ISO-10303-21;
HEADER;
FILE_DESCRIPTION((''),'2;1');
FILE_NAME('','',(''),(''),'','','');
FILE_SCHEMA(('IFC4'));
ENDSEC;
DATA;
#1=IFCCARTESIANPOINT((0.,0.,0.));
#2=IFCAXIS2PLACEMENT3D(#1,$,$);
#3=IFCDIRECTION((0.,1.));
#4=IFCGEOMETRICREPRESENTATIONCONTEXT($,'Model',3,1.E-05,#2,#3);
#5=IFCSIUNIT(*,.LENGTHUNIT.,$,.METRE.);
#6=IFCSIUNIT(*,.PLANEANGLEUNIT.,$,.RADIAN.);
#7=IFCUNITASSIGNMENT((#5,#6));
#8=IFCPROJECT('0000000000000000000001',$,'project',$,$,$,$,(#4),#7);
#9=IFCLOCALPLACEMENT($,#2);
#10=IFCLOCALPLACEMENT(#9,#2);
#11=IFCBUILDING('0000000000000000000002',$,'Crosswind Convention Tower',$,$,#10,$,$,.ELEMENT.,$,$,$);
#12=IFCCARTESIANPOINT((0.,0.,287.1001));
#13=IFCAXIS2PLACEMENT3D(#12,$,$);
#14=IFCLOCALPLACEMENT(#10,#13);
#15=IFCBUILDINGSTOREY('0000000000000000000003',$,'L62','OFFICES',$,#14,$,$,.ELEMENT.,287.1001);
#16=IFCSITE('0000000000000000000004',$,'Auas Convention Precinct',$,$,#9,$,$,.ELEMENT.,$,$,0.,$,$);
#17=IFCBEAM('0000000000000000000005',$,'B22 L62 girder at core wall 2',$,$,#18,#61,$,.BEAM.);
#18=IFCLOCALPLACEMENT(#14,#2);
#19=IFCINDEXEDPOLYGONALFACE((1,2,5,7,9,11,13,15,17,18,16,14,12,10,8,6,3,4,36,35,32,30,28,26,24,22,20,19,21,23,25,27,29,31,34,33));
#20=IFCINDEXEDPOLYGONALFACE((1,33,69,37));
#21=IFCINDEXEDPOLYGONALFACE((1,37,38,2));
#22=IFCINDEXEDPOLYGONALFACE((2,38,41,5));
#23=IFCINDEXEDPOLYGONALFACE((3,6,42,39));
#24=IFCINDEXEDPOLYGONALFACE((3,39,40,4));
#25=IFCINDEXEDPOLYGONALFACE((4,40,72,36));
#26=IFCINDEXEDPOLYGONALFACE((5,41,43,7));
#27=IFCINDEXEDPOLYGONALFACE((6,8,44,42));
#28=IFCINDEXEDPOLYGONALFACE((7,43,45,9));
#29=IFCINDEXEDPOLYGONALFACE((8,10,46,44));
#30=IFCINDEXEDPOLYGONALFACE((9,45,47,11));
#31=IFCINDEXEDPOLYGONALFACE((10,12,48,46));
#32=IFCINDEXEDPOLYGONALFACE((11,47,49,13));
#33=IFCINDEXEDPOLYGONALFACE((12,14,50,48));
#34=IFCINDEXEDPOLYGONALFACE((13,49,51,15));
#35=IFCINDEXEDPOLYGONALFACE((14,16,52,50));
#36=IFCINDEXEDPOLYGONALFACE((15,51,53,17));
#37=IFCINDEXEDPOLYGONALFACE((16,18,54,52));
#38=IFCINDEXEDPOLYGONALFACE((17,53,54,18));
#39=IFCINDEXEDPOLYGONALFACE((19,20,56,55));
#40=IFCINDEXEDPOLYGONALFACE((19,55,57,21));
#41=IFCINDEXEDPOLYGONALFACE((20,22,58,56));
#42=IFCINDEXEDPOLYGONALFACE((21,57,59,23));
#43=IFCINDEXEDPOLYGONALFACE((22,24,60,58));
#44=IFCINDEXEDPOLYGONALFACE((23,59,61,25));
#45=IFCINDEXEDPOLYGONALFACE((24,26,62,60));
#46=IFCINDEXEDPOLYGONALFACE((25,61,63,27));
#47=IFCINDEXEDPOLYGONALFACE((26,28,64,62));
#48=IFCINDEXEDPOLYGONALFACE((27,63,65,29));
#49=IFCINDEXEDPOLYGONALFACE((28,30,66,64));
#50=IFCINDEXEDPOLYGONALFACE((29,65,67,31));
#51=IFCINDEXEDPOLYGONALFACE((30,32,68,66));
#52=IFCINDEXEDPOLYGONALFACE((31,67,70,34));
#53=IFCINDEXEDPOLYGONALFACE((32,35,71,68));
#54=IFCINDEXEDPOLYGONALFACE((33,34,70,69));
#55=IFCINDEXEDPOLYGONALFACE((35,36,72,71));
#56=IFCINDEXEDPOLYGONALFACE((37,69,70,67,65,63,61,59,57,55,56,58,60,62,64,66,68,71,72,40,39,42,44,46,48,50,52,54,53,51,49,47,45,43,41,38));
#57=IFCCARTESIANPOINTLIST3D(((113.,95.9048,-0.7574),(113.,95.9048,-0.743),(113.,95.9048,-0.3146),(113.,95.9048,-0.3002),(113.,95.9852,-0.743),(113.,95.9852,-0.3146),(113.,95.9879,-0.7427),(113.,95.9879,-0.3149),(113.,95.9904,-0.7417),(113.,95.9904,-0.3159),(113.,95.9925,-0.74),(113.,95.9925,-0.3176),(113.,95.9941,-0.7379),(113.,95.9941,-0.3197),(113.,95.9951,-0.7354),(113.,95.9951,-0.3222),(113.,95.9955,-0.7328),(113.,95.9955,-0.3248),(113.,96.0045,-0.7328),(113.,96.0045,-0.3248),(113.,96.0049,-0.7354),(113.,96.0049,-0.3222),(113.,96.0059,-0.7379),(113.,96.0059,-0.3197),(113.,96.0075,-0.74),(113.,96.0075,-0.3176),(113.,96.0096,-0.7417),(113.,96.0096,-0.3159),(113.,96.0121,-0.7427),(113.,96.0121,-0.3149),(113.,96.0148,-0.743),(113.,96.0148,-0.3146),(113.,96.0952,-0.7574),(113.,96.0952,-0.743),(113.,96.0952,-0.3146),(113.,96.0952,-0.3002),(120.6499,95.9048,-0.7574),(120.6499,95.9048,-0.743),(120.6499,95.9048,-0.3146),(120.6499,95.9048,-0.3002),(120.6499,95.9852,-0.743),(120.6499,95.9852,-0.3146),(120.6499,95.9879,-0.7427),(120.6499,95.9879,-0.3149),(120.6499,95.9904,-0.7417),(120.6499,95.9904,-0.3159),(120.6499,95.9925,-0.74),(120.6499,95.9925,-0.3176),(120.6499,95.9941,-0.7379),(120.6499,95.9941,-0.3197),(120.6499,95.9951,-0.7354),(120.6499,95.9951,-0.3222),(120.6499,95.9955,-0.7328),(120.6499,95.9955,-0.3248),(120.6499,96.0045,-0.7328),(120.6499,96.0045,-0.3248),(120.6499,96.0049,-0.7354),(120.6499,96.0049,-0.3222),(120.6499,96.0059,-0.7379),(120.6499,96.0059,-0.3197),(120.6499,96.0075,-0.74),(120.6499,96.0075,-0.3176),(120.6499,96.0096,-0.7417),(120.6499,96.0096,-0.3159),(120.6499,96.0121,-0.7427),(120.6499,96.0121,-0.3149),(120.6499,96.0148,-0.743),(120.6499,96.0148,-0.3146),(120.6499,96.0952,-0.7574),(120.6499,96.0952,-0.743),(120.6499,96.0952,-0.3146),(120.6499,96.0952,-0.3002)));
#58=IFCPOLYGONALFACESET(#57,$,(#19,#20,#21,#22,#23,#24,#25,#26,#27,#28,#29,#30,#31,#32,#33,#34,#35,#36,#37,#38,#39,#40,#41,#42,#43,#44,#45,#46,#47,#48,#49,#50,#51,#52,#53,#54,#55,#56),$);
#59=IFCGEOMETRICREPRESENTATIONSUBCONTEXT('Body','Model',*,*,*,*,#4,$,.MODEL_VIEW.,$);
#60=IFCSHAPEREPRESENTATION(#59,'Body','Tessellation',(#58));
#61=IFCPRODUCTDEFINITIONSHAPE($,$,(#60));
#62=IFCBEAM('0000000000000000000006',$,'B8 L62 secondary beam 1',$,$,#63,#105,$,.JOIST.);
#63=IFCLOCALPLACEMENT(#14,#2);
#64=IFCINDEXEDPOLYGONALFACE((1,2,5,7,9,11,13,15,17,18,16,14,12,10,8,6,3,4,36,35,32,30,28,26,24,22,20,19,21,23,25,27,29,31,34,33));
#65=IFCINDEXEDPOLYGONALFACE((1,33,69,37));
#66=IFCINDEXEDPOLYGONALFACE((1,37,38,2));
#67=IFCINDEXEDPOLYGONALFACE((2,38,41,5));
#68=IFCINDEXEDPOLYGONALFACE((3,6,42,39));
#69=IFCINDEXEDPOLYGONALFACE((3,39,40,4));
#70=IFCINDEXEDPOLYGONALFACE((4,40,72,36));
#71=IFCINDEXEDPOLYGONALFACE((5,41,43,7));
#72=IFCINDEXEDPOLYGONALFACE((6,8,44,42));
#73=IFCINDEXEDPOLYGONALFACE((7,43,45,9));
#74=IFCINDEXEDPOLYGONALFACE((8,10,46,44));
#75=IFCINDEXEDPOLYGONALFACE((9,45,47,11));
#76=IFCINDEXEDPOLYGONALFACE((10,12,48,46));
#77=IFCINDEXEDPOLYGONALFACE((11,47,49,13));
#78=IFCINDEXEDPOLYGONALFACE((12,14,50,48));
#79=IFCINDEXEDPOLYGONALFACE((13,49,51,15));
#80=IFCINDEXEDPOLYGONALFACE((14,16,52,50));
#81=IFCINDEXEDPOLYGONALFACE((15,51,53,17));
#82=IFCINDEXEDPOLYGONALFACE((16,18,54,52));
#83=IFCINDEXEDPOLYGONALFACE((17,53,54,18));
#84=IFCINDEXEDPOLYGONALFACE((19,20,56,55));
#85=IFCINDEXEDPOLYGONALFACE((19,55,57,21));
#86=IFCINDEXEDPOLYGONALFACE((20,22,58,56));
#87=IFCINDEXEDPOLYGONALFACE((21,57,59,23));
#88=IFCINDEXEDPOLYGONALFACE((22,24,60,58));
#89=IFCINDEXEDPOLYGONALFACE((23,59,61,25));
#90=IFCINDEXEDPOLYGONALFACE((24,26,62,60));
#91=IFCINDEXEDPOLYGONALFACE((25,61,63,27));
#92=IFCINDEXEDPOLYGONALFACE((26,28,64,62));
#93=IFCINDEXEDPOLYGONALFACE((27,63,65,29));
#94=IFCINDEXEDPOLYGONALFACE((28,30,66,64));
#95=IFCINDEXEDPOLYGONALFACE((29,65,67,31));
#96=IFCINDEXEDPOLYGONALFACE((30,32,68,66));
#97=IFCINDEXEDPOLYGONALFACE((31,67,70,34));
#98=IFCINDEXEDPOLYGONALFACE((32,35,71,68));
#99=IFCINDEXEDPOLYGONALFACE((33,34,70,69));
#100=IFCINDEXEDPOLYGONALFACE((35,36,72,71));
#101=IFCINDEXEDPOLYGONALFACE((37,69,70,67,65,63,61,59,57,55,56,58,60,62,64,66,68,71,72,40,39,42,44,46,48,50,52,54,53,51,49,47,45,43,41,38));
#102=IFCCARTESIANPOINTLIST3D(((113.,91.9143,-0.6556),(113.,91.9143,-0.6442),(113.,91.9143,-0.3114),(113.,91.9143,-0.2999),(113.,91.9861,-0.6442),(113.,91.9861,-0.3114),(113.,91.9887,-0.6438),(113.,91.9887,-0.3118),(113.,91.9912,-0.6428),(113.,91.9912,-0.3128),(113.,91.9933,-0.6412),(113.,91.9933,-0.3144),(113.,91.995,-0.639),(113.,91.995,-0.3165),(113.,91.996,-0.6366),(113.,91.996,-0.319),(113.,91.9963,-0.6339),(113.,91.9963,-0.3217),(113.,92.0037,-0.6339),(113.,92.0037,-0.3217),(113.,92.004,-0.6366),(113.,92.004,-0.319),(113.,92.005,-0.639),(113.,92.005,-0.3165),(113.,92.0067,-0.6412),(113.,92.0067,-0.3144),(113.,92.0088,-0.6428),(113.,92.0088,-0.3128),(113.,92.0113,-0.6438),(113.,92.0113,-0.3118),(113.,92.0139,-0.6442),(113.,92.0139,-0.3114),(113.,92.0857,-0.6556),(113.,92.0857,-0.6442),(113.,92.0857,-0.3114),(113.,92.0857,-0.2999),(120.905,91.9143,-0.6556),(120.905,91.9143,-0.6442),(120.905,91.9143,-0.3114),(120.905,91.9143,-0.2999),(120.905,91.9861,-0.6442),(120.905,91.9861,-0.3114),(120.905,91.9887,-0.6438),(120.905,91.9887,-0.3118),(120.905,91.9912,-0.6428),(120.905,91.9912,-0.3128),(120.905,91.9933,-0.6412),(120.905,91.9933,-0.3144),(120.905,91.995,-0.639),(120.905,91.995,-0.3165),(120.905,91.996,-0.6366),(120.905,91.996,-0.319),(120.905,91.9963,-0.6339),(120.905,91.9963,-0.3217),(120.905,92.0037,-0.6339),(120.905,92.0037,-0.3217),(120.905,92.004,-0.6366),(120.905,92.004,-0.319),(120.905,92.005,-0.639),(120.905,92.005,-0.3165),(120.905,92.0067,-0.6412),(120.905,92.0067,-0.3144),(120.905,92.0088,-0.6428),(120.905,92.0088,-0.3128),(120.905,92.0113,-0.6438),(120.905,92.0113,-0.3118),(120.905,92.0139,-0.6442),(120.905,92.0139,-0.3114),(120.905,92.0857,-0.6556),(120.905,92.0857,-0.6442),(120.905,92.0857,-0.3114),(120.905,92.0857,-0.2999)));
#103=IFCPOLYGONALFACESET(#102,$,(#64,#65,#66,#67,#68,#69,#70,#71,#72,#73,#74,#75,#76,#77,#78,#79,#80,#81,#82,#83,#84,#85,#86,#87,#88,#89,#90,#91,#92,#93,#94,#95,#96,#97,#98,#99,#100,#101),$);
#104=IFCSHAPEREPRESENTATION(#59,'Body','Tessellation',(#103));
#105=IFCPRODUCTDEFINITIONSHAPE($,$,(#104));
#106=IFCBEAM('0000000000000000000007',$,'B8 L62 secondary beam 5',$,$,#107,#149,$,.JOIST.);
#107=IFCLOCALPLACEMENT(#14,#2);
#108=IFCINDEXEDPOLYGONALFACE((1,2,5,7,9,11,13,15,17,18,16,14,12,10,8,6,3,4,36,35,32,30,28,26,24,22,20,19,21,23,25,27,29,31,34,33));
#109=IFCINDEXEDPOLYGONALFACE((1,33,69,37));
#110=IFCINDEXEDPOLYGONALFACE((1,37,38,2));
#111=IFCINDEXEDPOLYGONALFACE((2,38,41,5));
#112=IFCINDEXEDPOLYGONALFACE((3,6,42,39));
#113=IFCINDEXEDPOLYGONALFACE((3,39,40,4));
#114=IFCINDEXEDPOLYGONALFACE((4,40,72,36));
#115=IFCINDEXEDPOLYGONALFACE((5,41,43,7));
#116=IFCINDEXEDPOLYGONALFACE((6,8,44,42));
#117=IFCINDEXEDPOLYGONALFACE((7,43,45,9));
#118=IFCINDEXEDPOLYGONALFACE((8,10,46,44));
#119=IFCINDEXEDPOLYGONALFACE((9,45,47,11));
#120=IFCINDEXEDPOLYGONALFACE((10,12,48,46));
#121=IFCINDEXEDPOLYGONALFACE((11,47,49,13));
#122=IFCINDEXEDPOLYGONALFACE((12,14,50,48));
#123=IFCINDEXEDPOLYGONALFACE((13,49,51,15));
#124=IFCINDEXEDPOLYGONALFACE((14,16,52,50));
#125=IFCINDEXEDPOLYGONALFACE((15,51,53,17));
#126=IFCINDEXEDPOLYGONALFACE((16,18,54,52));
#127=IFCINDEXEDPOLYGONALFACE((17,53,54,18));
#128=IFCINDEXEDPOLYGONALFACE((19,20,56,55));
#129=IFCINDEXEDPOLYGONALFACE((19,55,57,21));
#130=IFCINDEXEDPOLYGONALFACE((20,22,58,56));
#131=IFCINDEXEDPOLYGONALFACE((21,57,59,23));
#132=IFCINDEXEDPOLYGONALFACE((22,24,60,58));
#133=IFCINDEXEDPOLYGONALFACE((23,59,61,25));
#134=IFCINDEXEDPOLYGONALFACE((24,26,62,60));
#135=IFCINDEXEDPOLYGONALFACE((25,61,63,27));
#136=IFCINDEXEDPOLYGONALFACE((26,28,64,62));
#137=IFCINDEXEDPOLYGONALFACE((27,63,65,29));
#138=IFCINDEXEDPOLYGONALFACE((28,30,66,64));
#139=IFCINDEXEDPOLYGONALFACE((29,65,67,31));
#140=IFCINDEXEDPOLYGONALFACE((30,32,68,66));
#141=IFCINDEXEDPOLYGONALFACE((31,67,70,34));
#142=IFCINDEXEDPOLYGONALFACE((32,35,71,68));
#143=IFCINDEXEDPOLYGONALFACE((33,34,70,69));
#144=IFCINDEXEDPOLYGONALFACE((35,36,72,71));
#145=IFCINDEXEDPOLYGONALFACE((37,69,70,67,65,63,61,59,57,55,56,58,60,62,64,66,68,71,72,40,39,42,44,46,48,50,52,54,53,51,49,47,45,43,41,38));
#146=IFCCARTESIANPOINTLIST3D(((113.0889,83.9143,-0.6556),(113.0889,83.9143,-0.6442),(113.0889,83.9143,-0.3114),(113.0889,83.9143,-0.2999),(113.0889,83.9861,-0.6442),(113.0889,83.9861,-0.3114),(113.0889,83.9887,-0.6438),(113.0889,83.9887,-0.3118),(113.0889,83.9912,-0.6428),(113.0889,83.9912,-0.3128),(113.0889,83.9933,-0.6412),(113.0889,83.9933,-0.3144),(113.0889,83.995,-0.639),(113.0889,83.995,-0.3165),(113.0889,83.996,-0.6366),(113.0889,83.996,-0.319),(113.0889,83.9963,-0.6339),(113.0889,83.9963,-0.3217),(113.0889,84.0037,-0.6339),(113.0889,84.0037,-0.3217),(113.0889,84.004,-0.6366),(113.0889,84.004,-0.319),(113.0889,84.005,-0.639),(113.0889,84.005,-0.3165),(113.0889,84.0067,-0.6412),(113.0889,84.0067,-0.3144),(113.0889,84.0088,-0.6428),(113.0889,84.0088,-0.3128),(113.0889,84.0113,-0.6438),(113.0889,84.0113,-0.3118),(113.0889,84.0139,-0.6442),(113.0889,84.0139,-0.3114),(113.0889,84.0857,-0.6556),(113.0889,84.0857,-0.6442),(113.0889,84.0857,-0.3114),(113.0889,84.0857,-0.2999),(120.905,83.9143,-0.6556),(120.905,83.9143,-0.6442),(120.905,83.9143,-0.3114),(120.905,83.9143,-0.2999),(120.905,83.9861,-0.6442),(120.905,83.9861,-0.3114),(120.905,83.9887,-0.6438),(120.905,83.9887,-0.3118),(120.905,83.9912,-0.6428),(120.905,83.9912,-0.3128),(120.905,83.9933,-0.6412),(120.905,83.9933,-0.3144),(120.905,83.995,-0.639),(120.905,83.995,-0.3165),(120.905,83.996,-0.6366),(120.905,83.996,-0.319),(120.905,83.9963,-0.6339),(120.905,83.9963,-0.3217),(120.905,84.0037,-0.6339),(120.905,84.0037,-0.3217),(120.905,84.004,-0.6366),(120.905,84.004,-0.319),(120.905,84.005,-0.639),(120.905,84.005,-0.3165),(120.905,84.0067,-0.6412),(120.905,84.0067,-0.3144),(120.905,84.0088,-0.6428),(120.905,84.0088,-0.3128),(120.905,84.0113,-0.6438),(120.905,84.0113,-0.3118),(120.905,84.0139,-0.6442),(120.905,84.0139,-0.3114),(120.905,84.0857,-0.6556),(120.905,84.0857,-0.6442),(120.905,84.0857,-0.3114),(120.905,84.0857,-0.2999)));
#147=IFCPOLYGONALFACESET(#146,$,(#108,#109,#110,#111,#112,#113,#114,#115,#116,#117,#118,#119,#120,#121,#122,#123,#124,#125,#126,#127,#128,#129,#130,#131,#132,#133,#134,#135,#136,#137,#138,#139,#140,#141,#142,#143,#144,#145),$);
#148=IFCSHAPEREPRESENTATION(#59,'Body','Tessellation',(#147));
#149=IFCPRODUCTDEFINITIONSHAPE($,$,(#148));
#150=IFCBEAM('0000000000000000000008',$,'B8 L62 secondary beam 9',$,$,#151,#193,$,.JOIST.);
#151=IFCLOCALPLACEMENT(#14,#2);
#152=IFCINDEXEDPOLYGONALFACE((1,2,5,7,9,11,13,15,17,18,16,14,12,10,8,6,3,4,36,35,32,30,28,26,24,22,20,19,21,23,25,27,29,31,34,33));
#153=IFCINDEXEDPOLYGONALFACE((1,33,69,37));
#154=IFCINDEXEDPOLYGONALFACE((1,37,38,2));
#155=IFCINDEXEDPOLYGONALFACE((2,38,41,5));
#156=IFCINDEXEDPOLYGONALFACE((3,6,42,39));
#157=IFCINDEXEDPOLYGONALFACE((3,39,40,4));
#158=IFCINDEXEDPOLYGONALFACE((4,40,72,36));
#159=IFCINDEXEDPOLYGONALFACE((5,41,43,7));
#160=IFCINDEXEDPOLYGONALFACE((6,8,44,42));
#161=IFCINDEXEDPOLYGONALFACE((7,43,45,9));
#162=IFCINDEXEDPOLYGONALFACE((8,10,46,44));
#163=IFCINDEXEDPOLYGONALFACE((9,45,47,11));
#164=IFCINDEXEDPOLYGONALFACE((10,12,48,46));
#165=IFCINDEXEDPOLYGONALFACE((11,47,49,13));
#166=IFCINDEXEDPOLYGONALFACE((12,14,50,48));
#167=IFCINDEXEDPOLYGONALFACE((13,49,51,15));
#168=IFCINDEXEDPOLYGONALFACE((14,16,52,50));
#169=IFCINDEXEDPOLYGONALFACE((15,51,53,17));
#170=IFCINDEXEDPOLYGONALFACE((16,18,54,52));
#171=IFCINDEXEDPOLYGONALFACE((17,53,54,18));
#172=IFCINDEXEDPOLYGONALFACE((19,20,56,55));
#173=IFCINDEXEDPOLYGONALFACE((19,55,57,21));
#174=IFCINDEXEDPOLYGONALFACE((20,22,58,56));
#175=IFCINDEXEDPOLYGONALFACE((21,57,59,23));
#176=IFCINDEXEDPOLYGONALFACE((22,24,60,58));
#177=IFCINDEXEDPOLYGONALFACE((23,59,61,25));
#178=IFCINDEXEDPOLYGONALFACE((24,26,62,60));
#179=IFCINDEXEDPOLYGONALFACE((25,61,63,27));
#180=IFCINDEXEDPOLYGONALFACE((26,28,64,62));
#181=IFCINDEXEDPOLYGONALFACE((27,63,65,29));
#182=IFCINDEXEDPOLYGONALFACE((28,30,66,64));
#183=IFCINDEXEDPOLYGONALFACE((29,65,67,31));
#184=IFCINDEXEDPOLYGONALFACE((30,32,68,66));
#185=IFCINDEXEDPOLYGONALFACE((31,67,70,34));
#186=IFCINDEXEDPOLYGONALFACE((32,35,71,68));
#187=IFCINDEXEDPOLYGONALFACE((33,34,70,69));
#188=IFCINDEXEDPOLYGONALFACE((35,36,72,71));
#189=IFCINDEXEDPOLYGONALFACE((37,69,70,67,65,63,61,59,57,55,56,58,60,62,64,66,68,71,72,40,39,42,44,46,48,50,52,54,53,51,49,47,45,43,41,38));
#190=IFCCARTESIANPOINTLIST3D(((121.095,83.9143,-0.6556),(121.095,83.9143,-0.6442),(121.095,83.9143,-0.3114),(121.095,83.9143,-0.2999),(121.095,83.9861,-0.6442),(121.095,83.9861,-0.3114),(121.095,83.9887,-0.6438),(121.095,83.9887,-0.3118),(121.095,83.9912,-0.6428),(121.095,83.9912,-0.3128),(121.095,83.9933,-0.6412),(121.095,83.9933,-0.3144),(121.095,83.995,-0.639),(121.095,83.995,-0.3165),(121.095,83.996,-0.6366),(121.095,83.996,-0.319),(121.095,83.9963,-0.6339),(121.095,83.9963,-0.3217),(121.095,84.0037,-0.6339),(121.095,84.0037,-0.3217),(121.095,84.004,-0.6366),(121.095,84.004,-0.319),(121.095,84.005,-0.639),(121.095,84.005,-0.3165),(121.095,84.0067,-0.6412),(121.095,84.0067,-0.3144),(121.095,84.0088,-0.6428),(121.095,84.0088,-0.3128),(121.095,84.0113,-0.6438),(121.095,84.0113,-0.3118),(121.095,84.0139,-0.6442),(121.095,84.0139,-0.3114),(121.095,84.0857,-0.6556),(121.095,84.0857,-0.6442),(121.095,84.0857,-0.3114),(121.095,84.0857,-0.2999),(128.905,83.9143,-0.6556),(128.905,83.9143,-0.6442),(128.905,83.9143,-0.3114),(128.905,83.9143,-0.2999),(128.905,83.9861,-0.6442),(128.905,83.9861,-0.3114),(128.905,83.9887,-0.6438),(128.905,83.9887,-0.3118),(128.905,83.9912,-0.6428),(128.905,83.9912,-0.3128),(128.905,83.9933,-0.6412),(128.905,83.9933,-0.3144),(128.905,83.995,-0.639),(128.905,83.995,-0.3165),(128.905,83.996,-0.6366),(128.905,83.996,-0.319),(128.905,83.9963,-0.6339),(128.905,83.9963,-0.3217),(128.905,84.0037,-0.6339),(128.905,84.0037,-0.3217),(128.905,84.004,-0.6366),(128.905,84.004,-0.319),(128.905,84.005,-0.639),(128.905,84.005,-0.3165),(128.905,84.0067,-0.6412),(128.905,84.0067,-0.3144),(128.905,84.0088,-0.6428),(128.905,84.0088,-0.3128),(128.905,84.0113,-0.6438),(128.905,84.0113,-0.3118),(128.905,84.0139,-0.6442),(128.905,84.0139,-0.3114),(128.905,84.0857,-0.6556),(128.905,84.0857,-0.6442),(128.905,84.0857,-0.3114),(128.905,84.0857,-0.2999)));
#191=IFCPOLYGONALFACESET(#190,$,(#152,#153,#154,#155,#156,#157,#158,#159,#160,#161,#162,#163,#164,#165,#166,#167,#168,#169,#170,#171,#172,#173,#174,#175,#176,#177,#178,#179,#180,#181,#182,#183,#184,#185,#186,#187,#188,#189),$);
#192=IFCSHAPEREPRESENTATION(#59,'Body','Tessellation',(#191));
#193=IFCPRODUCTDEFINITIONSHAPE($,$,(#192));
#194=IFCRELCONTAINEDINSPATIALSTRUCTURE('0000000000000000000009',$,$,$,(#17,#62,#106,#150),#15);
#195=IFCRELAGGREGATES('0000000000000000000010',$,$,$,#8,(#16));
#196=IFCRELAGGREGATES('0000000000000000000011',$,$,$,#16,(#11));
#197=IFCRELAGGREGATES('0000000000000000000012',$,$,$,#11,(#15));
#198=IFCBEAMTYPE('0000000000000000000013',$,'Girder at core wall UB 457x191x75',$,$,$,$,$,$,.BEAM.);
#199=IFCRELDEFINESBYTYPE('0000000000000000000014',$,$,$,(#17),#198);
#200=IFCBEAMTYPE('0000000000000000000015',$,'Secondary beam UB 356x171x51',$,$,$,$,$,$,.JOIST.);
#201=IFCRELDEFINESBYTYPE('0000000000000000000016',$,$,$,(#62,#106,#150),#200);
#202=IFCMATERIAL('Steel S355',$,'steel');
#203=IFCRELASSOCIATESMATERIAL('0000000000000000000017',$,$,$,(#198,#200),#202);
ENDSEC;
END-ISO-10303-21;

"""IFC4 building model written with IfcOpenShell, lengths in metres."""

from ifc_helpers import new_model, si_unit, direction, frame, origin, origin_2d, place, context, subcontext, project, spatial, i_section, extrude, material, material_profile, profile_set, type_object, element, save


model = new_model("IFC4")

# Units and contexts
model_context = context("Model", 3, precision=1e-05, world=origin(), true_north=direction((0.0, 1.0)))
body_context = subcontext(model_context, "Body", "Model", "MODEL_VIEW")
ifc_project = project(units=[si_unit("LENGTHUNIT", "METRE"), si_unit("PLANEANGLEUNIT", "RADIAN")], contexts=[model_context])

# Site, building, storey
site_placement = place(None, origin())
site = spatial("IfcSite", under=ifc_project, at=site_placement, Name="Auas Convention Precinct", CompositionType="ELEMENT", RefElevation=0.0)
building_placement = place(site_placement, origin())
building = spatial("IfcBuilding", under=site, at=building_placement, Name="Crosswind Convention Tower", CompositionType="ELEMENT")
storey_placement = place(building_placement, frame((0.0, 0.0, 287.1001)))
storey = spatial("IfcBuildingStorey", under=building, at=storey_placement, Name="L62", Description="OFFICES", CompositionType="ELEMENT", Elevation=287.1001)

# Beams
ifc_material_1 = material(Name="Steel S355", Category="steel")
ifc_material_profile_1 = material_profile(ifc_material_1, i_section(OverallWidth=0.1904, OverallDepth=0.4573, WebThickness=0.009, FlangeThickness=0.0144, FilletRadius=0.0103, at=origin_2d()), Name="UB 457x191x75")
ifc_profile_set_1 = profile_set([ifc_material_profile_1], Name="Steel S355")
beam_type_1 = type_object("IfcBeamType", Name="Girder at core wall UB 457x191x75", PredefinedType="BEAM", material=ifc_profile_set_1)
for number, where, z_axis, x_axis, name in (
    (1, (113.0, 96.0, -0.5288), (1.0, 0.0, 0.0), (0.0, 1.0, 0.0), "B22 L62 girder at core wall 2"),
):
    element("IfcBeam", number, at=place(storey_placement, frame(where, z_axis=z_axis, x_axis=x_axis)), inside=storey, type_object=beam_type_1, Name=name, PredefinedType="BEAM", context=body_context, shape_type="SweptSolid", body=[
        extrude(i_section(OverallWidth=0.1904, OverallDepth=0.4573, WebThickness=0.009, FlangeThickness=0.0144, FilletRadius=0.0103, at=origin_2d()), origin(), (0.0, 0.0, 1.0), 7.6499),
    ])
ifc_material_profile_2 = material_profile(ifc_material_1, i_section(OverallWidth=0.1714, OverallDepth=0.3557, WebThickness=0.0073, FlangeThickness=0.0115, FilletRadius=0.0103, at=origin_2d()), Name="UB 356x171x51")
ifc_profile_set_2 = profile_set([ifc_material_profile_2], Name="Steel S355")
beam_type_2 = type_object("IfcBeamType", Name="Secondary beam UB 356x171x51", PredefinedType="JOIST", material=ifc_profile_set_2)
beam_1_placement = place(storey_placement, frame((113.0, 92.0, -0.4778), z_axis=(1.0, 0.0, 0.0), x_axis=(0.0, 1.0, 0.0)))
element("IfcBeam", 2, at=beam_1_placement, inside=storey, type_object=beam_type_2, Name="B8 L62 secondary beam 1", PredefinedType="JOIST", context=body_context, shape_type="SweptSolid", body=[
    extrude(i_section(OverallWidth=0.1714, OverallDepth=0.3557, WebThickness=0.0073, FlangeThickness=0.0115, FilletRadius=0.0103, at=origin_2d()), origin(), (0.0, 0.0, 1.0), 7.905),
])
beam_2_placement = place(storey_placement, frame((113.0889, 84.0, -0.4778), z_axis=(1.0, 0.0, 0.0), x_axis=(0.0, 1.0, 0.0)))
element("IfcBeam", 3, at=beam_2_placement, inside=storey, type_object=beam_type_2, Name="B8 L62 secondary beam 5", PredefinedType="JOIST", context=body_context, shape_type="SweptSolid", body=[
    extrude(i_section(OverallWidth=0.1714, OverallDepth=0.3557, WebThickness=0.0073, FlangeThickness=0.0115, FilletRadius=0.0103, at=origin_2d()), origin(), (0.0, 0.0, 1.0), 7.8162),
])
for number, where, z_axis, x_axis, name in (
    (4, (121.095, 84.0, -0.4778), (1.0, 0.0, 0.0), (0.0, 1.0, 0.0), "B8 L62 secondary beam 9"),
):
    element("IfcBeam", number, at=place(storey_placement, frame(where, z_axis=z_axis, x_axis=x_axis)), inside=storey, type_object=beam_type_2, Name=name, PredefinedType="JOIST", context=body_context, shape_type="SweptSolid", body=[
        extrude(i_section(OverallWidth=0.1714, OverallDepth=0.3557, WebThickness=0.0073, FlangeThickness=0.0115, FilletRadius=0.0103, at=origin_2d()), origin(), (0.0, 0.0, 1.0), 7.8101),
    ])

save(model, "model.ifc")
